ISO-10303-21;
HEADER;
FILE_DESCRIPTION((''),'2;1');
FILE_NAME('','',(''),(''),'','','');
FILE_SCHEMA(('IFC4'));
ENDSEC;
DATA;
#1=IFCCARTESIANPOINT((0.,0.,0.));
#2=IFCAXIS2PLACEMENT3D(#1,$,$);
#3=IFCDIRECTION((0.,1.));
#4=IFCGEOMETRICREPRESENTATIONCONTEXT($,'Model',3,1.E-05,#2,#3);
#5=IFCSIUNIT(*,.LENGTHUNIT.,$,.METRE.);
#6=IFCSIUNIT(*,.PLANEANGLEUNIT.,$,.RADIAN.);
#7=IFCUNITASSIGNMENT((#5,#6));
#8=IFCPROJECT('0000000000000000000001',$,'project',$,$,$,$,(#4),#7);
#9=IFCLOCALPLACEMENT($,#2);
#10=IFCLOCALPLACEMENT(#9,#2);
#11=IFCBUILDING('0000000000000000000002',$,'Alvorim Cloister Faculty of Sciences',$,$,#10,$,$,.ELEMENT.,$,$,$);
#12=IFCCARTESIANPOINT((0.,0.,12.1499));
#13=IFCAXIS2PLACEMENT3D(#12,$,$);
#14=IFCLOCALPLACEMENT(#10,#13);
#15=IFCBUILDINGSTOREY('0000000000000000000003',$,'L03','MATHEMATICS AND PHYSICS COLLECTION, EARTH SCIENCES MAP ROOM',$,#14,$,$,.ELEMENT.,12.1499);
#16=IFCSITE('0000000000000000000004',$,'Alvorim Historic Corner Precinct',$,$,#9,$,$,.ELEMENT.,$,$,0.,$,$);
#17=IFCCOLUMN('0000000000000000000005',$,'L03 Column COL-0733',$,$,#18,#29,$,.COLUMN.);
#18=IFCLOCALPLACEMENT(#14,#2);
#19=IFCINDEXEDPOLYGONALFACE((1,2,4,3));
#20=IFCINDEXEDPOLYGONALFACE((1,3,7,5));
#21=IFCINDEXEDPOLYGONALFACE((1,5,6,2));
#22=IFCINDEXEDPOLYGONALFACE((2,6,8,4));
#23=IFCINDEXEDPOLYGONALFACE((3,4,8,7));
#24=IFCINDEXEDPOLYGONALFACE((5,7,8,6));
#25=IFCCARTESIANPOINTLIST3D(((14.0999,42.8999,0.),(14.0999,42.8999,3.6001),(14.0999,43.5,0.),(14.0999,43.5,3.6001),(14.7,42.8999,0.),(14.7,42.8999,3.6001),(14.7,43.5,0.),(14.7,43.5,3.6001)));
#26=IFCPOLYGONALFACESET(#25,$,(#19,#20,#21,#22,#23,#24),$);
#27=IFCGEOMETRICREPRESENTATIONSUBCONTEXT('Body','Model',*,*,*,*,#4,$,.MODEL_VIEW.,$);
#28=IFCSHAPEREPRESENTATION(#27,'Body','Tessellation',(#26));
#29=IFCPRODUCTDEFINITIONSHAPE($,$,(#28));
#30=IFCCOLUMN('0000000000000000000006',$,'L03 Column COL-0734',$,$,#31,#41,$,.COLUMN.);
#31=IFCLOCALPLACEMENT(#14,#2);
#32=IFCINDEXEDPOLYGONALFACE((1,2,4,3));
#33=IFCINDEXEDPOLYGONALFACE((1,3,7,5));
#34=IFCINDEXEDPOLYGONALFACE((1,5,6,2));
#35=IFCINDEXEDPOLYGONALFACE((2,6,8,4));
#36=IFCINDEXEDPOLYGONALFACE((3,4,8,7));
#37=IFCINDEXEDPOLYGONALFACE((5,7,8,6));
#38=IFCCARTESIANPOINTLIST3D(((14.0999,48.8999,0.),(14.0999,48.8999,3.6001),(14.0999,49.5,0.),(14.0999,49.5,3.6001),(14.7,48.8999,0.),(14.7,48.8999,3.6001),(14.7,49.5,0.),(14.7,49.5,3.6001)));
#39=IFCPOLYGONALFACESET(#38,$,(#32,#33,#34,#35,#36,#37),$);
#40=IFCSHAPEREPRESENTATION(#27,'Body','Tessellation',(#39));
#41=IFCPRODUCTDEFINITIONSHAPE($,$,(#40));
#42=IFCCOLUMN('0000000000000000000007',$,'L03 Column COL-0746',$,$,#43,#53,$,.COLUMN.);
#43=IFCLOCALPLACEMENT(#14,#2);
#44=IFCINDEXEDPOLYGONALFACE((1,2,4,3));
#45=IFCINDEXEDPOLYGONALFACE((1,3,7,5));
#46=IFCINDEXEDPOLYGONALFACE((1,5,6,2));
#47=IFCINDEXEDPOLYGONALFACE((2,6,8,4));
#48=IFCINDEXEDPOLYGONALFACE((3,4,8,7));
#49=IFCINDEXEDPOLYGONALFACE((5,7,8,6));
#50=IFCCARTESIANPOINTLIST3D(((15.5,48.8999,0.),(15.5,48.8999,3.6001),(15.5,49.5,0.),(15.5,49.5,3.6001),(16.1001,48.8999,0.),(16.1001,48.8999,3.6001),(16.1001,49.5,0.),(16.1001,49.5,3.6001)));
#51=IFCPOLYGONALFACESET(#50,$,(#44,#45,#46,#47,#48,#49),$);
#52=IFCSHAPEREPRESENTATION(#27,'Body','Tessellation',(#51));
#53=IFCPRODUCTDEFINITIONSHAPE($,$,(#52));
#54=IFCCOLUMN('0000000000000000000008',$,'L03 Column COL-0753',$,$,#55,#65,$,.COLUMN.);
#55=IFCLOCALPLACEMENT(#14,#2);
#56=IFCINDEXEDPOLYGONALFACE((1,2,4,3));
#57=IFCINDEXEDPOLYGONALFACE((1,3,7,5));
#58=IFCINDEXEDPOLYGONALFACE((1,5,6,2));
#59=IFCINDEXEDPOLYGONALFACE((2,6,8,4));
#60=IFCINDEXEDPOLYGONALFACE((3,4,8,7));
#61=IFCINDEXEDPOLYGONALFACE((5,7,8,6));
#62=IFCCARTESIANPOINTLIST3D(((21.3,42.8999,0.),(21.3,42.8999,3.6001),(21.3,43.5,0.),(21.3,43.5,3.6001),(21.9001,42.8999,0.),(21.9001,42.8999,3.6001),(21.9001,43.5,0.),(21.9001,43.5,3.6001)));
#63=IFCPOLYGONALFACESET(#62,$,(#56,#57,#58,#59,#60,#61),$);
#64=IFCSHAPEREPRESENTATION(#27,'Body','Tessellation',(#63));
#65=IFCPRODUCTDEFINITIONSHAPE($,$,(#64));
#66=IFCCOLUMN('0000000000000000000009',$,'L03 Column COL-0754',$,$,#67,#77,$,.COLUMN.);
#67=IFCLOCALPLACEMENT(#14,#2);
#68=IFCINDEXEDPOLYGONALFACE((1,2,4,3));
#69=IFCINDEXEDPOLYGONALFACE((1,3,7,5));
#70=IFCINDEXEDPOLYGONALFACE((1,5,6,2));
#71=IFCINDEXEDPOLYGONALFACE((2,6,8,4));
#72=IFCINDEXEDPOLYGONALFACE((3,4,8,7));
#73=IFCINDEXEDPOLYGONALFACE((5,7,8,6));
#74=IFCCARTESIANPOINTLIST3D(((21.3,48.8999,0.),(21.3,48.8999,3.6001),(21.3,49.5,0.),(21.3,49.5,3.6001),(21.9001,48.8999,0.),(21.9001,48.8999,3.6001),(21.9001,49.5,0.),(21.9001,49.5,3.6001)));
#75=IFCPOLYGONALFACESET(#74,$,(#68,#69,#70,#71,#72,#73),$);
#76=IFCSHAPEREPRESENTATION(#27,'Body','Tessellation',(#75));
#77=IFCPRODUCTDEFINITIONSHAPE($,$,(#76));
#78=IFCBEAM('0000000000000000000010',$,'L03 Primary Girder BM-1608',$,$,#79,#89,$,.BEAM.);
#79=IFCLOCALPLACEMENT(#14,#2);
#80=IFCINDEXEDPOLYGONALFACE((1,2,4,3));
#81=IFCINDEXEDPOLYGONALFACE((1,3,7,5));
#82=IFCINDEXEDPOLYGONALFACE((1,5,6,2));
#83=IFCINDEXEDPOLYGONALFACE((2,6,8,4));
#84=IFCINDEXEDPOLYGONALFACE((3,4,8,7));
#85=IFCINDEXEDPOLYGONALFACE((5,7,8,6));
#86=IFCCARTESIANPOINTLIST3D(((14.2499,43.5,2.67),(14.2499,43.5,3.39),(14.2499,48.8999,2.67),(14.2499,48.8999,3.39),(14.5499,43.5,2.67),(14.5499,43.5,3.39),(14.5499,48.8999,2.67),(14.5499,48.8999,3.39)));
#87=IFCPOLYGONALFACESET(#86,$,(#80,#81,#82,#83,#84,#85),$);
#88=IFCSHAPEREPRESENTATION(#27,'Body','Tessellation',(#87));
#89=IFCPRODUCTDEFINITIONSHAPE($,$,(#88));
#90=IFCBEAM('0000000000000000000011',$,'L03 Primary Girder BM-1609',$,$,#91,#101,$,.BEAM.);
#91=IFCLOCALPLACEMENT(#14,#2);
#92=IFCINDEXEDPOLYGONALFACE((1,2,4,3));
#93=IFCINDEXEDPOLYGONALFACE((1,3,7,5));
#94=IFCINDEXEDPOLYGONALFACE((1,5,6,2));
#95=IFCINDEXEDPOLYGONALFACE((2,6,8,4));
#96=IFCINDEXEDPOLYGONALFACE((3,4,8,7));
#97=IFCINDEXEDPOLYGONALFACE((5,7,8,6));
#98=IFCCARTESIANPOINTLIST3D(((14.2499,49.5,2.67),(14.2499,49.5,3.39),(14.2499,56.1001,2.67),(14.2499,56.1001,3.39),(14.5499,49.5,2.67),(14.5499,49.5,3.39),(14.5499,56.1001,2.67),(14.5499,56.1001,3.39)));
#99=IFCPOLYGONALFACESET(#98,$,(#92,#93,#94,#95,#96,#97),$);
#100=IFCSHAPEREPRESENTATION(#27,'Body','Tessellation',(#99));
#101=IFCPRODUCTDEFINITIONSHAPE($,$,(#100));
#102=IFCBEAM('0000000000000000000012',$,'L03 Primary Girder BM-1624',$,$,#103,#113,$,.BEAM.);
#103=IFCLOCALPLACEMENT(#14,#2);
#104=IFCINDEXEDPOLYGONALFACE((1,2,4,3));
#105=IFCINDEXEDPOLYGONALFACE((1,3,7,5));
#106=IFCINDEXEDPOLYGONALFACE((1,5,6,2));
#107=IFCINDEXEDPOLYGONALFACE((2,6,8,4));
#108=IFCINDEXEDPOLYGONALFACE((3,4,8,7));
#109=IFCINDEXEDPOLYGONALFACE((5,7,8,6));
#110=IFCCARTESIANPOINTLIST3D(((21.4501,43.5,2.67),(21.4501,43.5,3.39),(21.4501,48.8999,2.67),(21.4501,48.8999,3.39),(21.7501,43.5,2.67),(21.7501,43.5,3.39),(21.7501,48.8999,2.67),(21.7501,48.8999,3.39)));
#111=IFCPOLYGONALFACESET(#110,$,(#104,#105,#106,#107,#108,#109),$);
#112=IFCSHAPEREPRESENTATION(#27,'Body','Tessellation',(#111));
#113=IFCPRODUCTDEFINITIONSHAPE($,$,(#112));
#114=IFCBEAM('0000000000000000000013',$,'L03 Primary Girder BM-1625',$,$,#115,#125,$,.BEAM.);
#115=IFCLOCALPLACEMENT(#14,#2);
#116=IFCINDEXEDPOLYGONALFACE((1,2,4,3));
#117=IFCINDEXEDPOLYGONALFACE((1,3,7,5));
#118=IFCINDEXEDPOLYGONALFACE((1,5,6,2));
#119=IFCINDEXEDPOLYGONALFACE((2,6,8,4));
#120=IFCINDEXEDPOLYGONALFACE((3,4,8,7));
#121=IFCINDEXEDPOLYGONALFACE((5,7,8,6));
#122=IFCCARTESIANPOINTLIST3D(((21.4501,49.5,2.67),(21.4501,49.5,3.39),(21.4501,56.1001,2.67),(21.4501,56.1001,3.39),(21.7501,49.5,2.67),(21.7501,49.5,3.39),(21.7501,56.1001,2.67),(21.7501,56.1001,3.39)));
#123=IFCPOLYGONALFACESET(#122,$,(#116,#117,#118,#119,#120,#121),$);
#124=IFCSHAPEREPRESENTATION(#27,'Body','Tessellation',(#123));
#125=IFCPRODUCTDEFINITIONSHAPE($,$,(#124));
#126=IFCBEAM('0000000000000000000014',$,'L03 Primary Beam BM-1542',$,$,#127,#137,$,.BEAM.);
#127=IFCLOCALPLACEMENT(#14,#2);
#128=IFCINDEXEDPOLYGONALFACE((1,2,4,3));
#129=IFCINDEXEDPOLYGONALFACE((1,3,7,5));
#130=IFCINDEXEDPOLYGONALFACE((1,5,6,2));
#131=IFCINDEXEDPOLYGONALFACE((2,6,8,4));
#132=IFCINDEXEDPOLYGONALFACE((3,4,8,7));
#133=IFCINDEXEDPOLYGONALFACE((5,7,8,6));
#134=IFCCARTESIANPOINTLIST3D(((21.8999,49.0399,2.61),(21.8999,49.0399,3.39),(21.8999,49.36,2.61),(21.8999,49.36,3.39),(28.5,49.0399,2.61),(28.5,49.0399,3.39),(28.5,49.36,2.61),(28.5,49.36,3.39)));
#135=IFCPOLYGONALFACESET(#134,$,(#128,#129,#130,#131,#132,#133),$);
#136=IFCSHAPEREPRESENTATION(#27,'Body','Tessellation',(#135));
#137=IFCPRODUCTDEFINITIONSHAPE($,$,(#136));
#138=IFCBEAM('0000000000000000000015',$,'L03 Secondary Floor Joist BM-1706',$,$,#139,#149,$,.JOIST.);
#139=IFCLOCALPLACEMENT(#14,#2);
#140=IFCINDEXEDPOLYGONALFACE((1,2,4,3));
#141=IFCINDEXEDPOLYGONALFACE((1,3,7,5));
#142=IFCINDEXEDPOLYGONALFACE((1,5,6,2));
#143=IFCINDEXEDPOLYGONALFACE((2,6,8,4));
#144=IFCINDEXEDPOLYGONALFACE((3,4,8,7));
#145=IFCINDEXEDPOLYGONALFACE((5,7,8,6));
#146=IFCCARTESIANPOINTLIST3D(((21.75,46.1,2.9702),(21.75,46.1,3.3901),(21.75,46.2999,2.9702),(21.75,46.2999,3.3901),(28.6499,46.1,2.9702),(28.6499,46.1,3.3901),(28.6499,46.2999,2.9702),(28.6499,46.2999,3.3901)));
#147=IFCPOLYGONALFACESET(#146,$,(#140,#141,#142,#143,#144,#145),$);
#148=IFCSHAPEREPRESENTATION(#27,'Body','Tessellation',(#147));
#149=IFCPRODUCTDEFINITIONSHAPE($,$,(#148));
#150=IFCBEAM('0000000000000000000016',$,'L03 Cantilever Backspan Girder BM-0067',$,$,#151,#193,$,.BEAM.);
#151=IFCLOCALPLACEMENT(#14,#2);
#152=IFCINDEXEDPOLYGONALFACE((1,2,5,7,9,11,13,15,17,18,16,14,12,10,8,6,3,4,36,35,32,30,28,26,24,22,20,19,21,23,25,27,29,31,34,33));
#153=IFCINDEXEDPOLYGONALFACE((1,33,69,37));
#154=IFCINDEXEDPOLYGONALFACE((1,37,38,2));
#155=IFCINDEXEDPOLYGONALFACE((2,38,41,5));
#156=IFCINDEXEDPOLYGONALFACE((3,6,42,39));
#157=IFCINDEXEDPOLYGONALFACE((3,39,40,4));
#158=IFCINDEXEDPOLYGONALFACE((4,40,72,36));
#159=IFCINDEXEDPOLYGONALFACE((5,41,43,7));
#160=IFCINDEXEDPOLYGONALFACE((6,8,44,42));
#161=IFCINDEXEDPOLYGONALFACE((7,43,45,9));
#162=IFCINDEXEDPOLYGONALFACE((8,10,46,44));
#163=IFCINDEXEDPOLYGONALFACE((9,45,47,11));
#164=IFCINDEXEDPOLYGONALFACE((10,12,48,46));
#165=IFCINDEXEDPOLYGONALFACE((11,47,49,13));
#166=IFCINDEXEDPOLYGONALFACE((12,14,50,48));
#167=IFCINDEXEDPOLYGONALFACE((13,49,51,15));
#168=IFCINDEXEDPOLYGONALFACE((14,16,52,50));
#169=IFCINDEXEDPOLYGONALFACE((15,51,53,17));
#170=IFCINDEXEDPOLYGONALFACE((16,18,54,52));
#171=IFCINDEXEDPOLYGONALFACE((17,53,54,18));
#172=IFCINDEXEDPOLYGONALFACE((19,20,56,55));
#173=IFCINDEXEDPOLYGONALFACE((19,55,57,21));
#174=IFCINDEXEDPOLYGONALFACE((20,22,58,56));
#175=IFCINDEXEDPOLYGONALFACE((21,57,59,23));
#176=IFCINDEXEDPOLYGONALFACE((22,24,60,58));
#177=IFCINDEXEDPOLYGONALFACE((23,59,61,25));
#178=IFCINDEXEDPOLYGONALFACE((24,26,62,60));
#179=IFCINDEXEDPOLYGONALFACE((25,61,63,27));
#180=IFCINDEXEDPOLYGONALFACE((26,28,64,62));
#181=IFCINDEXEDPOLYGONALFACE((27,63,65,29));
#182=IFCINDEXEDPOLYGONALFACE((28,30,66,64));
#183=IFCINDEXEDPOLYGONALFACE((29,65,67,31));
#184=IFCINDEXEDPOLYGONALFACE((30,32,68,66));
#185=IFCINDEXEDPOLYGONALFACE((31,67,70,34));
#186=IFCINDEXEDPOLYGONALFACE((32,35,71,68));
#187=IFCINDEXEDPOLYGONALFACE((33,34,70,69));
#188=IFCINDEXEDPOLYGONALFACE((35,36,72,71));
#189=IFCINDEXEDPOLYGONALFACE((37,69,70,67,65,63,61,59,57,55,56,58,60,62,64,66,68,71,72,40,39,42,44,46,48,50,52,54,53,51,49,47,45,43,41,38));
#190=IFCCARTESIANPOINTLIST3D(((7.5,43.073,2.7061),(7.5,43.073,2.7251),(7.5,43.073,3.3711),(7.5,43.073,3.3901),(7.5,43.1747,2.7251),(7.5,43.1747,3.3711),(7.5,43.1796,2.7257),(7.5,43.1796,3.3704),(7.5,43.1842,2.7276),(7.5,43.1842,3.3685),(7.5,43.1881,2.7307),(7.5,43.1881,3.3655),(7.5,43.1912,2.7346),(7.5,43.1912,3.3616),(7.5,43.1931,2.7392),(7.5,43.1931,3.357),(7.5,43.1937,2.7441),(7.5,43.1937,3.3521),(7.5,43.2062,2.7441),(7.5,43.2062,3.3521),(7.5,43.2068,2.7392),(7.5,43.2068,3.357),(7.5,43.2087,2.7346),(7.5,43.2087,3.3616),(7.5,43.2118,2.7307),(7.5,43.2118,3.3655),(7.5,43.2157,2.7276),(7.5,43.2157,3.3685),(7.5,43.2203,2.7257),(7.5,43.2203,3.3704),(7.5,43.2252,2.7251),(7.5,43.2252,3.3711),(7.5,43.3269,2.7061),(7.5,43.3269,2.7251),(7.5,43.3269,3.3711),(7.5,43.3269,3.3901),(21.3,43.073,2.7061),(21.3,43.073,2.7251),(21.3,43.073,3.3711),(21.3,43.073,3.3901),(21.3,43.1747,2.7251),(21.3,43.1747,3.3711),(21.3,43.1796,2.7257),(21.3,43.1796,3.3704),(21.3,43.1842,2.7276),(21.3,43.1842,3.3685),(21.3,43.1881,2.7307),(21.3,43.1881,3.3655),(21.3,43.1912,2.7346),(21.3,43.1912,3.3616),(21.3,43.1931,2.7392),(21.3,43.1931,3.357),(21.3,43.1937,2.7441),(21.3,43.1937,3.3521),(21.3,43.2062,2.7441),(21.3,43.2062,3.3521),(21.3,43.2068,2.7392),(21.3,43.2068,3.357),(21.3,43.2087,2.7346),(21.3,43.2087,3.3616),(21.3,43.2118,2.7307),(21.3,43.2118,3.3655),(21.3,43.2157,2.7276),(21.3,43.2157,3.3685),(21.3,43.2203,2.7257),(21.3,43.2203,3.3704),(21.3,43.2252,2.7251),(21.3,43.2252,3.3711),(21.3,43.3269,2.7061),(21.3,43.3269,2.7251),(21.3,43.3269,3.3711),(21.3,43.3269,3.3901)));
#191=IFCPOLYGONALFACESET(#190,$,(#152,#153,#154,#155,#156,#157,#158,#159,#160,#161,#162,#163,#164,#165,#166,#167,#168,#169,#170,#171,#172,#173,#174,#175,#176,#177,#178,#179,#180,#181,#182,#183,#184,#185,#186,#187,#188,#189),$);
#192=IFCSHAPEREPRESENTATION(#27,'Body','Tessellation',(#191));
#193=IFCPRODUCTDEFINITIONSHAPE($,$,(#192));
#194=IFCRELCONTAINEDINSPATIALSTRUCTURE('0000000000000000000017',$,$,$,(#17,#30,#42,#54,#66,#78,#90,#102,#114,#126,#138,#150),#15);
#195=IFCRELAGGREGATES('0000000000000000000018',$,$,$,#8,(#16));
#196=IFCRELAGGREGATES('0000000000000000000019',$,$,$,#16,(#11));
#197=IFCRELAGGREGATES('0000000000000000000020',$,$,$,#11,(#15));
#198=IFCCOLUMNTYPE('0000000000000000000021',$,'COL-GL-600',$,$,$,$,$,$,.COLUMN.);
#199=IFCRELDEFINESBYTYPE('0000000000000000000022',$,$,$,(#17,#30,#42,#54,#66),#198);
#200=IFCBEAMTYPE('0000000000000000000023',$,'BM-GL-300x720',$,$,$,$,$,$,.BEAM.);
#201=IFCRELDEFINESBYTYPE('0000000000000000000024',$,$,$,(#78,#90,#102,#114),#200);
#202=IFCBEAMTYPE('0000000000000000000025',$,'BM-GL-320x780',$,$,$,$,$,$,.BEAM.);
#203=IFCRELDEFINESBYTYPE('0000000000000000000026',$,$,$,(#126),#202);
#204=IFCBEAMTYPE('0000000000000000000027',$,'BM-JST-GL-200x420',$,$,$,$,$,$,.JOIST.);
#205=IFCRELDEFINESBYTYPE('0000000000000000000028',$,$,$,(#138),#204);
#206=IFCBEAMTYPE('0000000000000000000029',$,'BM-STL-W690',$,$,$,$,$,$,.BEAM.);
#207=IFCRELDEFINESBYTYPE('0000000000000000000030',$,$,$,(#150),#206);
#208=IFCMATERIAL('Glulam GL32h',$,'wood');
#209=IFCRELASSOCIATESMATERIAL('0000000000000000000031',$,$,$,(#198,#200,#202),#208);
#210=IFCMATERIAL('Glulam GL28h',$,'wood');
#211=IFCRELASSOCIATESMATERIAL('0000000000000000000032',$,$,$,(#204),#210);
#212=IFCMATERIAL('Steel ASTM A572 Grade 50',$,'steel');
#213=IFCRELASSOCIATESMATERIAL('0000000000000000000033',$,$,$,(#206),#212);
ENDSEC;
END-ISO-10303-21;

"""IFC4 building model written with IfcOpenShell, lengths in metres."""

from ifc_helpers import new_model, si_unit, direction, frame, origin, origin_2d, place, context, subcontext, project, spatial, rectangle, i_section, extrude, material, material_profile, profile_set, type_object, element, save


model = new_model("IFC4")

# Units and contexts
model_context = context("Model", 3, precision=1e-05, world=origin(), true_north=direction((0.0, 1.0)))
body_context = subcontext(model_context, "Body", "Model", "MODEL_VIEW")
ifc_project = project(units=[si_unit("LENGTHUNIT", "METRE"), si_unit("PLANEANGLEUNIT", "RADIAN")], contexts=[model_context])

# Site, building, storey
site_placement = place(None, origin())
site = spatial("IfcSite", under=ifc_project, at=site_placement, Name="Alvorim Historic Corner Precinct", CompositionType="ELEMENT", RefElevation=0.0)
building_placement = place(site_placement, origin())
building = spatial("IfcBuilding", under=site, at=building_placement, Name="Alvorim Cloister Faculty of Sciences", CompositionType="ELEMENT")
storey_placement = place(building_placement, frame((0.0, 0.0, 12.1499)))
storey = spatial("IfcBuildingStorey", under=building, at=storey_placement, Name="L03", Description="MATHEMATICS AND PHYSICS COLLECTION, EARTH SCIENCES MAP ROOM", CompositionType="ELEMENT", Elevation=12.1499)

# Columns
ifc_material_1 = material(Name="Glulam GL32h", Category="wood")
ifc_material_profile_1 = material_profile(ifc_material_1, rectangle(XDim=0.6001, YDim=0.6001, at=origin_2d()), Name="GL32-COL-600x600")
ifc_profile_set_1 = profile_set([ifc_material_profile_1], Name="Glulam GL32h")
column_type = type_object("IfcColumnType", Name="COL-GL-600", PredefinedType="COLUMN", material=ifc_profile_set_1)
for number, where, z_axis, x_axis, name in (
    (1, (14.3999, 43.2, 0.0), (0.0, 0.0, 1.0), (1.0, 0.0, 0.0), "L03 Column COL-0733"),
    (2, (14.3999, 49.2, 0.0), (0.0, 0.0, 1.0), (1.0, 0.0, 0.0), "L03 Column COL-0734"),
    (3, (15.8, 49.2, 0.0), (0.0, 0.0, 1.0), (1.0, 0.0, 0.0), "L03 Column COL-0746"),
    (4, (21.6001, 43.2, 0.0), (0.0, 0.0, 1.0), (1.0, 0.0, 0.0), "L03 Column COL-0753"),
    (5, (21.6001, 49.2, 0.0), (0.0, 0.0, 1.0), (1.0, 0.0, 0.0), "L03 Column COL-0754"),
):
    element("IfcColumn", number, at=place(storey_placement, frame(where, z_axis=z_axis, x_axis=x_axis)), inside=storey, type_object=column_type, Name=name, PredefinedType="COLUMN", context=body_context, shape_type="SweptSolid", body=[
        extrude(rectangle(XDim=0.6001, YDim=0.6001, at=origin_2d()), origin(), (0.0, 0.0, 1.0), 3.6001),
    ])

# Beams
ifc_material_profile_2 = material_profile(ifc_material_1, rectangle(XDim=0.3, YDim=0.72, at=origin_2d()), Name="GL32-BM-300x720")
ifc_profile_set_2 = profile_set([ifc_material_profile_2], Name="Glulam GL32h")
beam_type_1 = type_object("IfcBeamType", Name="BM-GL-300x720", PredefinedType="BEAM", material=ifc_profile_set_2)
beam_1_placement = place(storey_placement, frame((14.3999, 43.5, 3.03), z_axis=(0.0, 1.0, 0.0), x_axis=(-1.0, 0.0, 0.0)))
element("IfcBeam", 6, at=beam_1_placement, inside=storey, type_object=beam_type_1, Name="L03 Primary Girder BM-1608", PredefinedType="BEAM", context=body_context, shape_type="SweptSolid", body=[
    extrude(rectangle(XDim=0.3, YDim=0.72, at=origin_2d()), origin(), (0.0, 0.0, 1.0), 5.3999),
])
beam_2_placement = place(storey_placement, frame((14.3999, 49.5, 3.03), z_axis=(0.0, 1.0, 0.0), x_axis=(-1.0, 0.0, 0.0)))
element("IfcBeam", 7, at=beam_2_placement, inside=storey, type_object=beam_type_1, Name="L03 Primary Girder BM-1609", PredefinedType="BEAM", context=body_context, shape_type="SweptSolid", body=[
    extrude(rectangle(XDim=0.3, YDim=0.72, at=origin_2d()), origin(), (0.0, 0.0, 1.0), 6.6001),
])
beam_3_placement = place(storey_placement, frame((21.6001, 43.5, 3.03), z_axis=(0.0, 1.0, 0.0), x_axis=(-1.0, 0.0, 0.0)))
element("IfcBeam", 8, at=beam_3_placement, inside=storey, type_object=beam_type_1, Name="L03 Primary Girder BM-1624", PredefinedType="BEAM", context=body_context, shape_type="SweptSolid", body=[
    extrude(rectangle(XDim=0.3, YDim=0.72, at=origin_2d()), origin(), (0.0, 0.0, 1.0), 5.3999),
])
beam_4_placement = place(storey_placement, frame((21.6001, 49.5, 3.03), z_axis=(0.0, 1.0, 0.0), x_axis=(-1.0, 0.0, 0.0)))
element("IfcBeam", 9, at=beam_4_placement, inside=storey, type_object=beam_type_1, Name="L03 Primary Girder BM-1625", PredefinedType="BEAM", context=body_context, shape_type="SweptSolid", body=[
    extrude(rectangle(XDim=0.3, YDim=0.72, at=origin_2d()), origin(), (0.0, 0.0, 1.0), 6.6001),
])
ifc_material_profile_3 = material_profile(ifc_material_1, rectangle(XDim=0.3201, YDim=0.78, at=origin_2d()), Name="GL32-BM-320x780")
ifc_profile_set_3 = profile_set([ifc_material_profile_3], Name="Glulam GL32h")
beam_type_2 = type_object("IfcBeamType", Name="BM-GL-320x780", PredefinedType="BEAM", material=ifc_profile_set_3)
beam_5_placement = place(storey_placement, frame((21.8999, 49.2, 3.0), z_axis=(1.0, 0.0, 0.0), x_axis=(0.0, 1.0, 0.0)))
element("IfcBeam", 10, at=beam_5_placement, inside=storey, type_object=beam_type_2, Name="L03 Primary Beam BM-1542", PredefinedType="BEAM", context=body_context, shape_type="SweptSolid", body=[
    extrude(rectangle(XDim=0.3201, YDim=0.78, at=origin_2d()), origin(), (0.0, 0.0, 1.0), 6.6001),
])
ifc_material_2 = material(Name="Glulam GL28h", Category="wood")
ifc_material_profile_4 = material_profile(ifc_material_2, rectangle(XDim=0.2, YDim=0.4199, at=origin_2d()), Name="GL28-JST-200x420")
ifc_profile_set_4 = profile_set([ifc_material_profile_4], Name="Glulam GL28h")
beam_type_3 = type_object("IfcBeamType", Name="BM-JST-GL-200x420", PredefinedType="JOIST", material=ifc_profile_set_4)
beam_6_placement = place(storey_placement, frame((21.75, 46.2, 3.1802), z_axis=(1.0, 0.0, 0.0), x_axis=(0.0, 1.0, 0.0)))
element("IfcBeam", 11, at=beam_6_placement, inside=storey, type_object=beam_type_3, Name="L03 Secondary Floor Joist BM-1706", PredefinedType="JOIST", context=body_context, shape_type="SweptSolid", body=[
    extrude(rectangle(XDim=0.2, YDim=0.4199, at=origin_2d()), origin(), (0.0, 0.0, 1.0), 6.8999),
])
ifc_material_3 = material(Name="Steel ASTM A572 Grade 50", Category="steel")
ifc_material_profile_5 = material_profile(ifc_material_3, i_section(OverallWidth=0.2539, OverallDepth=0.6841, WebThickness=0.0125, FlangeThickness=0.019, FilletRadius=0.019, at=origin_2d()), Name="W690x140.0")
ifc_profile_set_5 = profile_set([ifc_material_profile_5], Name="Steel ASTM A572 Grade 50")
beam_type_4 = type_object("IfcBeamType", Name="BM-STL-W690", PredefinedType="BEAM", material=ifc_profile_set_5)
beam_7_placement = place(storey_placement, frame((7.5, 43.2, 3.0481), z_axis=(1.0, 0.0, 0.0), x_axis=(0.0, 1.0, 0.0)))
element("IfcBeam", 12, at=beam_7_placement, inside=storey, type_object=beam_type_4, Name="L03 Cantilever Backspan Girder BM-0067", PredefinedType="BEAM", context=body_context, shape_type="SweptSolid", body=[
    extrude(i_section(OverallWidth=0.2539, OverallDepth=0.6841, WebThickness=0.0125, FlangeThickness=0.019, FilletRadius=0.019, at=origin_2d()), origin(), (0.0, 0.0, 1.0), 13.8),
])

save(model, "model.ifc")
